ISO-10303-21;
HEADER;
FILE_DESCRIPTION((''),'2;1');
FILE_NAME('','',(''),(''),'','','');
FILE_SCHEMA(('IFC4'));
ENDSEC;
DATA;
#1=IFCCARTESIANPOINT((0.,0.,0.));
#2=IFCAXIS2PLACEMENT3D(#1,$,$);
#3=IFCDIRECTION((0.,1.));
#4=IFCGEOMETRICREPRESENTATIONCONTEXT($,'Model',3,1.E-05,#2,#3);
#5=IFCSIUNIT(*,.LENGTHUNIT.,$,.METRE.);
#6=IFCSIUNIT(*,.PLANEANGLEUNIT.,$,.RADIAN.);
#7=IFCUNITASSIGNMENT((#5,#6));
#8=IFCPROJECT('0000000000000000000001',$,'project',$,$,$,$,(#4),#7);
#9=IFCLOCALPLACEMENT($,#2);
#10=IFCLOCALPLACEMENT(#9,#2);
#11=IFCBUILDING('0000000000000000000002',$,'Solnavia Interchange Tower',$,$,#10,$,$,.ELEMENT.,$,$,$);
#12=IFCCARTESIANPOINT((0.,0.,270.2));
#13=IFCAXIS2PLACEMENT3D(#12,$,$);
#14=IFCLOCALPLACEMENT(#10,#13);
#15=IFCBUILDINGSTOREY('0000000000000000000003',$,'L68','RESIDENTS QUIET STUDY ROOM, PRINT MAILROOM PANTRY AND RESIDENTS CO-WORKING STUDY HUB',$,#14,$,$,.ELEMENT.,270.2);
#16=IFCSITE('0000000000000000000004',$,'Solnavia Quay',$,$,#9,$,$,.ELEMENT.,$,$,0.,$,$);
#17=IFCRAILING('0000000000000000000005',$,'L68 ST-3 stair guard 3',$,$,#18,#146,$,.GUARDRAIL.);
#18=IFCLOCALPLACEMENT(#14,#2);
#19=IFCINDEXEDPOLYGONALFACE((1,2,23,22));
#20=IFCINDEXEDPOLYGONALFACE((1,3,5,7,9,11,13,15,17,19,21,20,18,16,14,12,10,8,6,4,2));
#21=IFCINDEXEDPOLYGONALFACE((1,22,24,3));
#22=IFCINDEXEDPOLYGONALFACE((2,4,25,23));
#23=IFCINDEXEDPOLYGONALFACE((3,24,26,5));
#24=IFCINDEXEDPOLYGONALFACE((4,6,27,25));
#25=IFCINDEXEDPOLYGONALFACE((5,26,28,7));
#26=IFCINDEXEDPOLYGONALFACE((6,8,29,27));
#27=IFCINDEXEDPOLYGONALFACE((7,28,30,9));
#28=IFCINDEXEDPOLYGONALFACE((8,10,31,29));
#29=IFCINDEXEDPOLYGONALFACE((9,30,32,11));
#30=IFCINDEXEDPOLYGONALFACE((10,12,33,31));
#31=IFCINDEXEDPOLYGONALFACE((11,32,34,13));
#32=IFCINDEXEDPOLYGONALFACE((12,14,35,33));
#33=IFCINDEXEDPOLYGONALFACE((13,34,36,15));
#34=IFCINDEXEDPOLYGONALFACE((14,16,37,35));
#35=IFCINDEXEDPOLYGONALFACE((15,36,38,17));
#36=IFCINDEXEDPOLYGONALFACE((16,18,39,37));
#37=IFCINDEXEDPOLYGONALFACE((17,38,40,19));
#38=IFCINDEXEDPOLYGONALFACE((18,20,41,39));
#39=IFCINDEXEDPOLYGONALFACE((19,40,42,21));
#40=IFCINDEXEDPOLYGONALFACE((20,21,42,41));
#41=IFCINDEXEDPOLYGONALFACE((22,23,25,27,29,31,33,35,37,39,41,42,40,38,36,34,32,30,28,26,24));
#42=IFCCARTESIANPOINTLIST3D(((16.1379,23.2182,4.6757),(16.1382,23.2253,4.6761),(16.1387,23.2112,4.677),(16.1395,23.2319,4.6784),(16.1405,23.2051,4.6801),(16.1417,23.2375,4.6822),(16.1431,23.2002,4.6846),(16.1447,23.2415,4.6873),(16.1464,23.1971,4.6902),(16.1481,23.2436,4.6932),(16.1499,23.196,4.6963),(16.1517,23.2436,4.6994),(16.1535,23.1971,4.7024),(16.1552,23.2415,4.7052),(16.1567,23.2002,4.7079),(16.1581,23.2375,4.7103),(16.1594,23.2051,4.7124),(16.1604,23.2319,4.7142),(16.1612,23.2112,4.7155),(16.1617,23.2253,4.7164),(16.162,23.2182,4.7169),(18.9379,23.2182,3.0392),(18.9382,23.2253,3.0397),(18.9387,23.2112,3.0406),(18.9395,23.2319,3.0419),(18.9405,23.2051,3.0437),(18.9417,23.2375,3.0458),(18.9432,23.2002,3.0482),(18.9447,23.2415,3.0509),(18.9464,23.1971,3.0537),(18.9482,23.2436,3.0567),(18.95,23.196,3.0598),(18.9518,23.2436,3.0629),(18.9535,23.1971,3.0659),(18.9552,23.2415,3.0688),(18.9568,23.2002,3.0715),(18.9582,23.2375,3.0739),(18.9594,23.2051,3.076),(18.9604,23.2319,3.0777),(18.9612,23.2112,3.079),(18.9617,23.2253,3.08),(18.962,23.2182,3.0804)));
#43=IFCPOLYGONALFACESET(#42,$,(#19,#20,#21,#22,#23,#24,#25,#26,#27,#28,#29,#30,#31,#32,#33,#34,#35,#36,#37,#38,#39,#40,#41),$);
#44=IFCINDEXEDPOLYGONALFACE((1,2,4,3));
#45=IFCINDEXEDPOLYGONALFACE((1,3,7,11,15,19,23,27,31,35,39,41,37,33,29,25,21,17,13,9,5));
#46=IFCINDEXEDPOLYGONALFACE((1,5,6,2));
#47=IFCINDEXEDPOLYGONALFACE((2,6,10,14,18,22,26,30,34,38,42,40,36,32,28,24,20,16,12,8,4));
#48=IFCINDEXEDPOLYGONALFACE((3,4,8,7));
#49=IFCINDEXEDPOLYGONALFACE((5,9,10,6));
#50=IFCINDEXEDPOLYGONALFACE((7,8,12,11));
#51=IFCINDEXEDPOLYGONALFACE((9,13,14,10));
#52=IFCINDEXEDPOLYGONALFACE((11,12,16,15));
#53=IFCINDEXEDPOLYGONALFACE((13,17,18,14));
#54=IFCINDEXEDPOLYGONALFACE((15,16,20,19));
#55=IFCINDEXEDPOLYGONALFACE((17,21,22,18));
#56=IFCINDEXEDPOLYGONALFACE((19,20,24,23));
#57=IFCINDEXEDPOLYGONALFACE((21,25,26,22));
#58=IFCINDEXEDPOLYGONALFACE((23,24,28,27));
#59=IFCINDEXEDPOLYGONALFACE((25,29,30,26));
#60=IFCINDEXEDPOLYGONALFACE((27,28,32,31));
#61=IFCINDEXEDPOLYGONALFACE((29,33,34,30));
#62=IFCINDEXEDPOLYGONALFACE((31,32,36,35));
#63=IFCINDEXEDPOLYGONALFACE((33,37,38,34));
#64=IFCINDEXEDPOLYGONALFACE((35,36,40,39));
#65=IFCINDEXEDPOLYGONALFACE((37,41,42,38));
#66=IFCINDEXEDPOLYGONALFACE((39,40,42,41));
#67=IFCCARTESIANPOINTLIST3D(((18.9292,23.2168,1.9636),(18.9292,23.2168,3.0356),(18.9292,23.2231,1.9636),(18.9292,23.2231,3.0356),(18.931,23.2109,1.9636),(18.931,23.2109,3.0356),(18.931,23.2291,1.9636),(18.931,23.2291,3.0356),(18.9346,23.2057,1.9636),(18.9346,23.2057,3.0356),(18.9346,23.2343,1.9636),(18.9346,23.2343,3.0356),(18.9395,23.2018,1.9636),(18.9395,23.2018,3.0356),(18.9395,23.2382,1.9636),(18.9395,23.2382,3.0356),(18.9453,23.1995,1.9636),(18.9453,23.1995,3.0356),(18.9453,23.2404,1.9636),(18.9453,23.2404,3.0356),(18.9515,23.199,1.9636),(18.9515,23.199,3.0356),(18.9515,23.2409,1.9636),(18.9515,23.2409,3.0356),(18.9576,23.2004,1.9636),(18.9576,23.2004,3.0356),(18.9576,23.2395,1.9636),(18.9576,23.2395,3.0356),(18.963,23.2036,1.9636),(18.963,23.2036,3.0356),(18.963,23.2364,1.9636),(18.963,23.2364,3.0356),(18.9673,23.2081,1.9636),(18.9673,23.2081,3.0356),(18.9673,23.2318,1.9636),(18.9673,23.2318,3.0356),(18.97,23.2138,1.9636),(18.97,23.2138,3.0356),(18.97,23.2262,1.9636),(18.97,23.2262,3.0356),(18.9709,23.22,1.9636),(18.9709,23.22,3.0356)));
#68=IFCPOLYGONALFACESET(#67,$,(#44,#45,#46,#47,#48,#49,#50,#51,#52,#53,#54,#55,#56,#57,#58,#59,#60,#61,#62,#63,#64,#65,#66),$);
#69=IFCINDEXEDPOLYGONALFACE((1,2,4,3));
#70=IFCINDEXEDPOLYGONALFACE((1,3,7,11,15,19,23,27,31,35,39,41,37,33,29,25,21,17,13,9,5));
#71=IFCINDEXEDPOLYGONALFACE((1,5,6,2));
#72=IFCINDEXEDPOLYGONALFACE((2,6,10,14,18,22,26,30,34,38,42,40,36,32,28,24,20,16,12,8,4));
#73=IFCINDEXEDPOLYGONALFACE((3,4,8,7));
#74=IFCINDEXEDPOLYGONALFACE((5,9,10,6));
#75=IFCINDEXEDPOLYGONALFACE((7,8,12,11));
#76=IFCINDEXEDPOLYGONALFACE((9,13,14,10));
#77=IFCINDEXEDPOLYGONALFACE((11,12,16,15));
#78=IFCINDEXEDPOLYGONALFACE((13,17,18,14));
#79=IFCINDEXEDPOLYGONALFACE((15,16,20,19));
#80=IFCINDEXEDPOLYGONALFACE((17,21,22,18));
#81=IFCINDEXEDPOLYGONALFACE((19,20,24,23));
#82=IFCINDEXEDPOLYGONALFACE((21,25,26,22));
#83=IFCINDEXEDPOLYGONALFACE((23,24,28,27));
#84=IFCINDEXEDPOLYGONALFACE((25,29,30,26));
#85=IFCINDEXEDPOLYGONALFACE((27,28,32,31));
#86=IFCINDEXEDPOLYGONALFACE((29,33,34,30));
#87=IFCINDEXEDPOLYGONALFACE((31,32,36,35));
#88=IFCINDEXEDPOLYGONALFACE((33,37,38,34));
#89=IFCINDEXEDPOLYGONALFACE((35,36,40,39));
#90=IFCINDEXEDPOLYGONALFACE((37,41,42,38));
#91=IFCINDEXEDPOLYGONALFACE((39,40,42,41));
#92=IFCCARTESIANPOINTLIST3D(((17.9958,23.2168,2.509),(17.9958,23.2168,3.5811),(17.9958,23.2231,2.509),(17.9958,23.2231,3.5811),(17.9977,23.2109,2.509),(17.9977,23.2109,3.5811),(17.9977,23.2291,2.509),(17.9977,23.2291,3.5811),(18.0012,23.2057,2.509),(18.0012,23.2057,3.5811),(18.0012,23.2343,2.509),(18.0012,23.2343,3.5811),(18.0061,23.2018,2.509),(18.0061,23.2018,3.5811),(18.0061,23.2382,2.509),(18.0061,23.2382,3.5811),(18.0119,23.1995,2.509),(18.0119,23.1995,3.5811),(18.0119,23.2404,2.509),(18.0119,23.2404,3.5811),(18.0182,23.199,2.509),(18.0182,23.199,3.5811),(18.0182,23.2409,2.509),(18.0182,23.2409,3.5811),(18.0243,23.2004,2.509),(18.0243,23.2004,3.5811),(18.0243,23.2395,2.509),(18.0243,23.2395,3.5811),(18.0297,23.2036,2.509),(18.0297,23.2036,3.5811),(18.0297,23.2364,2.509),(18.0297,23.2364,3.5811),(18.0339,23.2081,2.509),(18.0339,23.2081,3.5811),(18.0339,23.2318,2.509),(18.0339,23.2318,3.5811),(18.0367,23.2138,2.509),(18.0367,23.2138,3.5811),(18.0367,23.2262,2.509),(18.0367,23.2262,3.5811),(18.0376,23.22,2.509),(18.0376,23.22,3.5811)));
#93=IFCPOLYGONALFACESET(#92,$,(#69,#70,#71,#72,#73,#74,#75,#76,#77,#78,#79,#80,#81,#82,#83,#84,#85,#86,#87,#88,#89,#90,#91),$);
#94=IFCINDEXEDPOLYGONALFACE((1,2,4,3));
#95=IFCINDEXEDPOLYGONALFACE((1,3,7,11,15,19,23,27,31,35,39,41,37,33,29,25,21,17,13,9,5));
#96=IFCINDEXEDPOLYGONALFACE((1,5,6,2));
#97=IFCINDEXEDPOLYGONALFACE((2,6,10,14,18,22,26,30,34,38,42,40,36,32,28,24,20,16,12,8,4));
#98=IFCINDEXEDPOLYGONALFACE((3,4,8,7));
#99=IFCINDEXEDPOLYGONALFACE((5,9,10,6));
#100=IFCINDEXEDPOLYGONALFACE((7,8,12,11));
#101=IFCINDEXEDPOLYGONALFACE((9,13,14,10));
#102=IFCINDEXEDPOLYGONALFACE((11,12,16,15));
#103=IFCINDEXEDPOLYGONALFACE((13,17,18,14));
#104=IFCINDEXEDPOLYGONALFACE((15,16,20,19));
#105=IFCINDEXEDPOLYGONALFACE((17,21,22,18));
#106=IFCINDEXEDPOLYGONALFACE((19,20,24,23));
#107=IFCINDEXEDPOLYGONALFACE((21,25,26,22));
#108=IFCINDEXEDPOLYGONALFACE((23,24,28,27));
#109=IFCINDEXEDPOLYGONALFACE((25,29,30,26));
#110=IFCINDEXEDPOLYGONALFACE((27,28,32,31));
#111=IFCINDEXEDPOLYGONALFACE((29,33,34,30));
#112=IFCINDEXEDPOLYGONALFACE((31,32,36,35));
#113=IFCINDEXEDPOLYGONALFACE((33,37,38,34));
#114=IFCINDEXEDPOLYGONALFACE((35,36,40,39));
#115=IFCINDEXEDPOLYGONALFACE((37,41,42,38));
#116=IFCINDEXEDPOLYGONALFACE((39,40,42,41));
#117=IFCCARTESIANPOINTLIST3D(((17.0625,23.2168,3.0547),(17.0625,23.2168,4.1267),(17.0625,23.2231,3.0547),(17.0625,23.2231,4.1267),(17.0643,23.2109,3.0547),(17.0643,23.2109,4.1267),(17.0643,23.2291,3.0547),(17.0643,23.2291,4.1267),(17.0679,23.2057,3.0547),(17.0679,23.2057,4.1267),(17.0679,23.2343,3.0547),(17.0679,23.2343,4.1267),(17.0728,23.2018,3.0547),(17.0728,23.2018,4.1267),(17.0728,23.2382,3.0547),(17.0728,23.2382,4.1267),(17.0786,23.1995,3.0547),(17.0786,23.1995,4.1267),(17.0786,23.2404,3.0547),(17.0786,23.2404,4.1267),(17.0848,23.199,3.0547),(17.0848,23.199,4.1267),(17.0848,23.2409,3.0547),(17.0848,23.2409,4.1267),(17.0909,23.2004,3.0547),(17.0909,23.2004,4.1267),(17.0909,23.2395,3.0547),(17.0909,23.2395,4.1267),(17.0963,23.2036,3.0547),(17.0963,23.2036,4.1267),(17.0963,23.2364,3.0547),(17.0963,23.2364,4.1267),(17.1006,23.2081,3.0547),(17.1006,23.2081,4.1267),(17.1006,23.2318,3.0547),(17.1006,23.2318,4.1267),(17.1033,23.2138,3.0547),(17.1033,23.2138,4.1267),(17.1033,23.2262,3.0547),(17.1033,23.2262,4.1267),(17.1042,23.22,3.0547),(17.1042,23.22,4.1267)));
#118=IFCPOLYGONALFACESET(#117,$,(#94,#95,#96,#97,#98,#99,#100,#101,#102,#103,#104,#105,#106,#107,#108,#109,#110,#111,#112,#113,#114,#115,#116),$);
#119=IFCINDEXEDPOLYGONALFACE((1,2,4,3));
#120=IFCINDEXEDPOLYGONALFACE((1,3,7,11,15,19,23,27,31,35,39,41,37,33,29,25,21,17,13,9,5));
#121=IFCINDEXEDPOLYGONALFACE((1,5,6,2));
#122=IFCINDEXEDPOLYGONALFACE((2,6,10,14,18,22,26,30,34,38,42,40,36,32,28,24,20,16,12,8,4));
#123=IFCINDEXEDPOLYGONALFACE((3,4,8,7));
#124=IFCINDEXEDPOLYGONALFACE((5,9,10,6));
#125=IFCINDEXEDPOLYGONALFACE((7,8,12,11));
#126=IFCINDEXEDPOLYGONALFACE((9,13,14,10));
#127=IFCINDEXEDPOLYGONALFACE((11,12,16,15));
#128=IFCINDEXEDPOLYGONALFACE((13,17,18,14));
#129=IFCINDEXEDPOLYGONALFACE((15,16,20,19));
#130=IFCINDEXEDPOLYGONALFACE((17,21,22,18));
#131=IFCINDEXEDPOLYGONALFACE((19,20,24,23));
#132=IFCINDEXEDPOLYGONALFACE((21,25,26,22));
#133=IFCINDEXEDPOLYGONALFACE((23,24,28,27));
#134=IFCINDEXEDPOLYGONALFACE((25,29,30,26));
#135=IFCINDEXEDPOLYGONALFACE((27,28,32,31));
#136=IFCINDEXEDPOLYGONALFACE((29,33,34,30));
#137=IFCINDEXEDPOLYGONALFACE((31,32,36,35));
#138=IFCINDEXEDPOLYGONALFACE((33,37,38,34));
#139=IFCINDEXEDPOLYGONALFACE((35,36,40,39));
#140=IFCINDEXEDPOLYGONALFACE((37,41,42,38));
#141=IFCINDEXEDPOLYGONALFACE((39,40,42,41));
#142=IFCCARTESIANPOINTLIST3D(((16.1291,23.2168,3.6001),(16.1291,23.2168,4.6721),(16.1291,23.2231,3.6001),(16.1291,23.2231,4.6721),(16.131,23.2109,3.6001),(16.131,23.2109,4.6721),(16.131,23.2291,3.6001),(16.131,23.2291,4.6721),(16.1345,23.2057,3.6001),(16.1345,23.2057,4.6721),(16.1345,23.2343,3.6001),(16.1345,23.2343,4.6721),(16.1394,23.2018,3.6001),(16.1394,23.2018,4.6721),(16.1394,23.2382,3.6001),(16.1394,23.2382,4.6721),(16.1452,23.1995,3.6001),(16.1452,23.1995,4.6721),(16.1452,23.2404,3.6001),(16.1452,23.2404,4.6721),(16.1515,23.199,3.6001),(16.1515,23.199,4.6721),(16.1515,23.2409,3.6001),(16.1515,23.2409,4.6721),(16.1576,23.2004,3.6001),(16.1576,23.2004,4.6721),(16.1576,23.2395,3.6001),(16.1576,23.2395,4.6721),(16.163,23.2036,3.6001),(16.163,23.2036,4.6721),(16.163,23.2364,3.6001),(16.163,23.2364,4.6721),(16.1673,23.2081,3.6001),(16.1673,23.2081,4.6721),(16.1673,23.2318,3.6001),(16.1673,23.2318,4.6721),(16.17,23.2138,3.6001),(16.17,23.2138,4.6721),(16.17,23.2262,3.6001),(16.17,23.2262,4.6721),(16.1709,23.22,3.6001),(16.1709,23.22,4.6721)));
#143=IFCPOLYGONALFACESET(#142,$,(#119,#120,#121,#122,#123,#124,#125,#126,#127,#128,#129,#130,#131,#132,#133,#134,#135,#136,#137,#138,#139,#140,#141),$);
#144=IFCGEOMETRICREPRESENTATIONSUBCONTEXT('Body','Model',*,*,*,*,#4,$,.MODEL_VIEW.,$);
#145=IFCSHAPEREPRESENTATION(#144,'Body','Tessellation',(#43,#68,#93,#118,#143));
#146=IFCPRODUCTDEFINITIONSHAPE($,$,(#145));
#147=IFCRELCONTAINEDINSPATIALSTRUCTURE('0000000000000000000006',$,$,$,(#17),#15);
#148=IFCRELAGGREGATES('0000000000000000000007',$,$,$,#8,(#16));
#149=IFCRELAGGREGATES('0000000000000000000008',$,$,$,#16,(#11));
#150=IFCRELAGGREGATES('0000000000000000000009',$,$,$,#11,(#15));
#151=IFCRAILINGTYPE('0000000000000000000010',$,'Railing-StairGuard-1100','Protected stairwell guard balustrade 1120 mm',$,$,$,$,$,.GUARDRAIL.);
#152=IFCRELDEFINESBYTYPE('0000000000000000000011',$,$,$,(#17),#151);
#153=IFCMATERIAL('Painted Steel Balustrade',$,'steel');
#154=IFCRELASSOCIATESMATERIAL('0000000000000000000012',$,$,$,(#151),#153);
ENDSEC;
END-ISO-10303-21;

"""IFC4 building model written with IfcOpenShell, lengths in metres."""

from ifc_helpers import new_model, si_unit, direction, frame, origin, origin_2d, place, context, subcontext, project, spatial, circle, extrude, material, type_object, element, save


model = new_model("IFC4")

# Units and contexts
model_context = context("Model", 3, precision=1e-05, world=origin(), true_north=direction((0.0, 1.0)))
body_context = subcontext(model_context, "Body", "Model", "MODEL_VIEW")
ifc_project = project(units=[si_unit("LENGTHUNIT", "METRE"), si_unit("PLANEANGLEUNIT", "RADIAN")], contexts=[model_context])

# Site, building, storey
site_placement = place(None, origin())
site = spatial("IfcSite", under=ifc_project, at=site_placement, Name="Solnavia Quay", CompositionType="ELEMENT", RefElevation=0.0)
building_placement = place(site_placement, origin())
building = spatial("IfcBuilding", under=site, at=building_placement, Name="Solnavia Interchange Tower", CompositionType="ELEMENT")
storey_placement = place(building_placement, frame((0.0, 0.0, 270.2)))
storey = spatial("IfcBuildingStorey", under=building, at=storey_placement, Name="L68", Description="RESIDENTS QUIET STUDY ROOM, PRINT MAILROOM PANTRY AND RESIDENTS CO-WORKING STUDY HUB", CompositionType="ELEMENT", Elevation=270.2)

# Railing
ifc_material_1 = material(Name="Painted Steel Balustrade", Category="steel")
railing_type_1 = type_object("IfcRailingType", Name="Railing-StairGuard-1100", Description="Protected stairwell guard balustrade 1120 mm", PredefinedType="GUARDRAIL", material=ifc_material_1)
railing_1_placement = place(storey_placement, frame((18.95, 23.22, 1.9636)))
element("IfcRailing", 1, at=railing_1_placement, inside=storey, type_object=railing_type_1, Name="L68 ST-3 stair guard 3", PredefinedType="GUARDRAIL", context=body_context, shape_type="SweptSolid", body=[
    extrude(circle(Radius=0.0239, at=origin_2d()), frame((0.0, 0.0, 1.0962), z_axis=(-0.863361, 0.0, 0.504587), x_axis=(0.0, -1.0, 0.0)), (0.0, 0.0, 1.0), 3.2432),
    extrude(circle(Radius=0.021, at=origin_2d()), origin(), (0.0, 0.0, 1.0), 1.072),
    extrude(circle(Radius=0.021, at=origin_2d()), frame((-0.9333, 0.0, 0.5454)), (0.0, 0.0, 1.0), 1.072),
    extrude(circle(Radius=0.021, at=origin_2d()), frame((-1.8667, 0.0, 1.0911)), (0.0, 0.0, 1.0), 1.072),
    extrude(circle(Radius=0.021, at=origin_2d()), frame((-2.8, 0.0, 1.6365)), (0.0, 0.0, 1.0), 1.072),
])

save(model, "model.ifc")
